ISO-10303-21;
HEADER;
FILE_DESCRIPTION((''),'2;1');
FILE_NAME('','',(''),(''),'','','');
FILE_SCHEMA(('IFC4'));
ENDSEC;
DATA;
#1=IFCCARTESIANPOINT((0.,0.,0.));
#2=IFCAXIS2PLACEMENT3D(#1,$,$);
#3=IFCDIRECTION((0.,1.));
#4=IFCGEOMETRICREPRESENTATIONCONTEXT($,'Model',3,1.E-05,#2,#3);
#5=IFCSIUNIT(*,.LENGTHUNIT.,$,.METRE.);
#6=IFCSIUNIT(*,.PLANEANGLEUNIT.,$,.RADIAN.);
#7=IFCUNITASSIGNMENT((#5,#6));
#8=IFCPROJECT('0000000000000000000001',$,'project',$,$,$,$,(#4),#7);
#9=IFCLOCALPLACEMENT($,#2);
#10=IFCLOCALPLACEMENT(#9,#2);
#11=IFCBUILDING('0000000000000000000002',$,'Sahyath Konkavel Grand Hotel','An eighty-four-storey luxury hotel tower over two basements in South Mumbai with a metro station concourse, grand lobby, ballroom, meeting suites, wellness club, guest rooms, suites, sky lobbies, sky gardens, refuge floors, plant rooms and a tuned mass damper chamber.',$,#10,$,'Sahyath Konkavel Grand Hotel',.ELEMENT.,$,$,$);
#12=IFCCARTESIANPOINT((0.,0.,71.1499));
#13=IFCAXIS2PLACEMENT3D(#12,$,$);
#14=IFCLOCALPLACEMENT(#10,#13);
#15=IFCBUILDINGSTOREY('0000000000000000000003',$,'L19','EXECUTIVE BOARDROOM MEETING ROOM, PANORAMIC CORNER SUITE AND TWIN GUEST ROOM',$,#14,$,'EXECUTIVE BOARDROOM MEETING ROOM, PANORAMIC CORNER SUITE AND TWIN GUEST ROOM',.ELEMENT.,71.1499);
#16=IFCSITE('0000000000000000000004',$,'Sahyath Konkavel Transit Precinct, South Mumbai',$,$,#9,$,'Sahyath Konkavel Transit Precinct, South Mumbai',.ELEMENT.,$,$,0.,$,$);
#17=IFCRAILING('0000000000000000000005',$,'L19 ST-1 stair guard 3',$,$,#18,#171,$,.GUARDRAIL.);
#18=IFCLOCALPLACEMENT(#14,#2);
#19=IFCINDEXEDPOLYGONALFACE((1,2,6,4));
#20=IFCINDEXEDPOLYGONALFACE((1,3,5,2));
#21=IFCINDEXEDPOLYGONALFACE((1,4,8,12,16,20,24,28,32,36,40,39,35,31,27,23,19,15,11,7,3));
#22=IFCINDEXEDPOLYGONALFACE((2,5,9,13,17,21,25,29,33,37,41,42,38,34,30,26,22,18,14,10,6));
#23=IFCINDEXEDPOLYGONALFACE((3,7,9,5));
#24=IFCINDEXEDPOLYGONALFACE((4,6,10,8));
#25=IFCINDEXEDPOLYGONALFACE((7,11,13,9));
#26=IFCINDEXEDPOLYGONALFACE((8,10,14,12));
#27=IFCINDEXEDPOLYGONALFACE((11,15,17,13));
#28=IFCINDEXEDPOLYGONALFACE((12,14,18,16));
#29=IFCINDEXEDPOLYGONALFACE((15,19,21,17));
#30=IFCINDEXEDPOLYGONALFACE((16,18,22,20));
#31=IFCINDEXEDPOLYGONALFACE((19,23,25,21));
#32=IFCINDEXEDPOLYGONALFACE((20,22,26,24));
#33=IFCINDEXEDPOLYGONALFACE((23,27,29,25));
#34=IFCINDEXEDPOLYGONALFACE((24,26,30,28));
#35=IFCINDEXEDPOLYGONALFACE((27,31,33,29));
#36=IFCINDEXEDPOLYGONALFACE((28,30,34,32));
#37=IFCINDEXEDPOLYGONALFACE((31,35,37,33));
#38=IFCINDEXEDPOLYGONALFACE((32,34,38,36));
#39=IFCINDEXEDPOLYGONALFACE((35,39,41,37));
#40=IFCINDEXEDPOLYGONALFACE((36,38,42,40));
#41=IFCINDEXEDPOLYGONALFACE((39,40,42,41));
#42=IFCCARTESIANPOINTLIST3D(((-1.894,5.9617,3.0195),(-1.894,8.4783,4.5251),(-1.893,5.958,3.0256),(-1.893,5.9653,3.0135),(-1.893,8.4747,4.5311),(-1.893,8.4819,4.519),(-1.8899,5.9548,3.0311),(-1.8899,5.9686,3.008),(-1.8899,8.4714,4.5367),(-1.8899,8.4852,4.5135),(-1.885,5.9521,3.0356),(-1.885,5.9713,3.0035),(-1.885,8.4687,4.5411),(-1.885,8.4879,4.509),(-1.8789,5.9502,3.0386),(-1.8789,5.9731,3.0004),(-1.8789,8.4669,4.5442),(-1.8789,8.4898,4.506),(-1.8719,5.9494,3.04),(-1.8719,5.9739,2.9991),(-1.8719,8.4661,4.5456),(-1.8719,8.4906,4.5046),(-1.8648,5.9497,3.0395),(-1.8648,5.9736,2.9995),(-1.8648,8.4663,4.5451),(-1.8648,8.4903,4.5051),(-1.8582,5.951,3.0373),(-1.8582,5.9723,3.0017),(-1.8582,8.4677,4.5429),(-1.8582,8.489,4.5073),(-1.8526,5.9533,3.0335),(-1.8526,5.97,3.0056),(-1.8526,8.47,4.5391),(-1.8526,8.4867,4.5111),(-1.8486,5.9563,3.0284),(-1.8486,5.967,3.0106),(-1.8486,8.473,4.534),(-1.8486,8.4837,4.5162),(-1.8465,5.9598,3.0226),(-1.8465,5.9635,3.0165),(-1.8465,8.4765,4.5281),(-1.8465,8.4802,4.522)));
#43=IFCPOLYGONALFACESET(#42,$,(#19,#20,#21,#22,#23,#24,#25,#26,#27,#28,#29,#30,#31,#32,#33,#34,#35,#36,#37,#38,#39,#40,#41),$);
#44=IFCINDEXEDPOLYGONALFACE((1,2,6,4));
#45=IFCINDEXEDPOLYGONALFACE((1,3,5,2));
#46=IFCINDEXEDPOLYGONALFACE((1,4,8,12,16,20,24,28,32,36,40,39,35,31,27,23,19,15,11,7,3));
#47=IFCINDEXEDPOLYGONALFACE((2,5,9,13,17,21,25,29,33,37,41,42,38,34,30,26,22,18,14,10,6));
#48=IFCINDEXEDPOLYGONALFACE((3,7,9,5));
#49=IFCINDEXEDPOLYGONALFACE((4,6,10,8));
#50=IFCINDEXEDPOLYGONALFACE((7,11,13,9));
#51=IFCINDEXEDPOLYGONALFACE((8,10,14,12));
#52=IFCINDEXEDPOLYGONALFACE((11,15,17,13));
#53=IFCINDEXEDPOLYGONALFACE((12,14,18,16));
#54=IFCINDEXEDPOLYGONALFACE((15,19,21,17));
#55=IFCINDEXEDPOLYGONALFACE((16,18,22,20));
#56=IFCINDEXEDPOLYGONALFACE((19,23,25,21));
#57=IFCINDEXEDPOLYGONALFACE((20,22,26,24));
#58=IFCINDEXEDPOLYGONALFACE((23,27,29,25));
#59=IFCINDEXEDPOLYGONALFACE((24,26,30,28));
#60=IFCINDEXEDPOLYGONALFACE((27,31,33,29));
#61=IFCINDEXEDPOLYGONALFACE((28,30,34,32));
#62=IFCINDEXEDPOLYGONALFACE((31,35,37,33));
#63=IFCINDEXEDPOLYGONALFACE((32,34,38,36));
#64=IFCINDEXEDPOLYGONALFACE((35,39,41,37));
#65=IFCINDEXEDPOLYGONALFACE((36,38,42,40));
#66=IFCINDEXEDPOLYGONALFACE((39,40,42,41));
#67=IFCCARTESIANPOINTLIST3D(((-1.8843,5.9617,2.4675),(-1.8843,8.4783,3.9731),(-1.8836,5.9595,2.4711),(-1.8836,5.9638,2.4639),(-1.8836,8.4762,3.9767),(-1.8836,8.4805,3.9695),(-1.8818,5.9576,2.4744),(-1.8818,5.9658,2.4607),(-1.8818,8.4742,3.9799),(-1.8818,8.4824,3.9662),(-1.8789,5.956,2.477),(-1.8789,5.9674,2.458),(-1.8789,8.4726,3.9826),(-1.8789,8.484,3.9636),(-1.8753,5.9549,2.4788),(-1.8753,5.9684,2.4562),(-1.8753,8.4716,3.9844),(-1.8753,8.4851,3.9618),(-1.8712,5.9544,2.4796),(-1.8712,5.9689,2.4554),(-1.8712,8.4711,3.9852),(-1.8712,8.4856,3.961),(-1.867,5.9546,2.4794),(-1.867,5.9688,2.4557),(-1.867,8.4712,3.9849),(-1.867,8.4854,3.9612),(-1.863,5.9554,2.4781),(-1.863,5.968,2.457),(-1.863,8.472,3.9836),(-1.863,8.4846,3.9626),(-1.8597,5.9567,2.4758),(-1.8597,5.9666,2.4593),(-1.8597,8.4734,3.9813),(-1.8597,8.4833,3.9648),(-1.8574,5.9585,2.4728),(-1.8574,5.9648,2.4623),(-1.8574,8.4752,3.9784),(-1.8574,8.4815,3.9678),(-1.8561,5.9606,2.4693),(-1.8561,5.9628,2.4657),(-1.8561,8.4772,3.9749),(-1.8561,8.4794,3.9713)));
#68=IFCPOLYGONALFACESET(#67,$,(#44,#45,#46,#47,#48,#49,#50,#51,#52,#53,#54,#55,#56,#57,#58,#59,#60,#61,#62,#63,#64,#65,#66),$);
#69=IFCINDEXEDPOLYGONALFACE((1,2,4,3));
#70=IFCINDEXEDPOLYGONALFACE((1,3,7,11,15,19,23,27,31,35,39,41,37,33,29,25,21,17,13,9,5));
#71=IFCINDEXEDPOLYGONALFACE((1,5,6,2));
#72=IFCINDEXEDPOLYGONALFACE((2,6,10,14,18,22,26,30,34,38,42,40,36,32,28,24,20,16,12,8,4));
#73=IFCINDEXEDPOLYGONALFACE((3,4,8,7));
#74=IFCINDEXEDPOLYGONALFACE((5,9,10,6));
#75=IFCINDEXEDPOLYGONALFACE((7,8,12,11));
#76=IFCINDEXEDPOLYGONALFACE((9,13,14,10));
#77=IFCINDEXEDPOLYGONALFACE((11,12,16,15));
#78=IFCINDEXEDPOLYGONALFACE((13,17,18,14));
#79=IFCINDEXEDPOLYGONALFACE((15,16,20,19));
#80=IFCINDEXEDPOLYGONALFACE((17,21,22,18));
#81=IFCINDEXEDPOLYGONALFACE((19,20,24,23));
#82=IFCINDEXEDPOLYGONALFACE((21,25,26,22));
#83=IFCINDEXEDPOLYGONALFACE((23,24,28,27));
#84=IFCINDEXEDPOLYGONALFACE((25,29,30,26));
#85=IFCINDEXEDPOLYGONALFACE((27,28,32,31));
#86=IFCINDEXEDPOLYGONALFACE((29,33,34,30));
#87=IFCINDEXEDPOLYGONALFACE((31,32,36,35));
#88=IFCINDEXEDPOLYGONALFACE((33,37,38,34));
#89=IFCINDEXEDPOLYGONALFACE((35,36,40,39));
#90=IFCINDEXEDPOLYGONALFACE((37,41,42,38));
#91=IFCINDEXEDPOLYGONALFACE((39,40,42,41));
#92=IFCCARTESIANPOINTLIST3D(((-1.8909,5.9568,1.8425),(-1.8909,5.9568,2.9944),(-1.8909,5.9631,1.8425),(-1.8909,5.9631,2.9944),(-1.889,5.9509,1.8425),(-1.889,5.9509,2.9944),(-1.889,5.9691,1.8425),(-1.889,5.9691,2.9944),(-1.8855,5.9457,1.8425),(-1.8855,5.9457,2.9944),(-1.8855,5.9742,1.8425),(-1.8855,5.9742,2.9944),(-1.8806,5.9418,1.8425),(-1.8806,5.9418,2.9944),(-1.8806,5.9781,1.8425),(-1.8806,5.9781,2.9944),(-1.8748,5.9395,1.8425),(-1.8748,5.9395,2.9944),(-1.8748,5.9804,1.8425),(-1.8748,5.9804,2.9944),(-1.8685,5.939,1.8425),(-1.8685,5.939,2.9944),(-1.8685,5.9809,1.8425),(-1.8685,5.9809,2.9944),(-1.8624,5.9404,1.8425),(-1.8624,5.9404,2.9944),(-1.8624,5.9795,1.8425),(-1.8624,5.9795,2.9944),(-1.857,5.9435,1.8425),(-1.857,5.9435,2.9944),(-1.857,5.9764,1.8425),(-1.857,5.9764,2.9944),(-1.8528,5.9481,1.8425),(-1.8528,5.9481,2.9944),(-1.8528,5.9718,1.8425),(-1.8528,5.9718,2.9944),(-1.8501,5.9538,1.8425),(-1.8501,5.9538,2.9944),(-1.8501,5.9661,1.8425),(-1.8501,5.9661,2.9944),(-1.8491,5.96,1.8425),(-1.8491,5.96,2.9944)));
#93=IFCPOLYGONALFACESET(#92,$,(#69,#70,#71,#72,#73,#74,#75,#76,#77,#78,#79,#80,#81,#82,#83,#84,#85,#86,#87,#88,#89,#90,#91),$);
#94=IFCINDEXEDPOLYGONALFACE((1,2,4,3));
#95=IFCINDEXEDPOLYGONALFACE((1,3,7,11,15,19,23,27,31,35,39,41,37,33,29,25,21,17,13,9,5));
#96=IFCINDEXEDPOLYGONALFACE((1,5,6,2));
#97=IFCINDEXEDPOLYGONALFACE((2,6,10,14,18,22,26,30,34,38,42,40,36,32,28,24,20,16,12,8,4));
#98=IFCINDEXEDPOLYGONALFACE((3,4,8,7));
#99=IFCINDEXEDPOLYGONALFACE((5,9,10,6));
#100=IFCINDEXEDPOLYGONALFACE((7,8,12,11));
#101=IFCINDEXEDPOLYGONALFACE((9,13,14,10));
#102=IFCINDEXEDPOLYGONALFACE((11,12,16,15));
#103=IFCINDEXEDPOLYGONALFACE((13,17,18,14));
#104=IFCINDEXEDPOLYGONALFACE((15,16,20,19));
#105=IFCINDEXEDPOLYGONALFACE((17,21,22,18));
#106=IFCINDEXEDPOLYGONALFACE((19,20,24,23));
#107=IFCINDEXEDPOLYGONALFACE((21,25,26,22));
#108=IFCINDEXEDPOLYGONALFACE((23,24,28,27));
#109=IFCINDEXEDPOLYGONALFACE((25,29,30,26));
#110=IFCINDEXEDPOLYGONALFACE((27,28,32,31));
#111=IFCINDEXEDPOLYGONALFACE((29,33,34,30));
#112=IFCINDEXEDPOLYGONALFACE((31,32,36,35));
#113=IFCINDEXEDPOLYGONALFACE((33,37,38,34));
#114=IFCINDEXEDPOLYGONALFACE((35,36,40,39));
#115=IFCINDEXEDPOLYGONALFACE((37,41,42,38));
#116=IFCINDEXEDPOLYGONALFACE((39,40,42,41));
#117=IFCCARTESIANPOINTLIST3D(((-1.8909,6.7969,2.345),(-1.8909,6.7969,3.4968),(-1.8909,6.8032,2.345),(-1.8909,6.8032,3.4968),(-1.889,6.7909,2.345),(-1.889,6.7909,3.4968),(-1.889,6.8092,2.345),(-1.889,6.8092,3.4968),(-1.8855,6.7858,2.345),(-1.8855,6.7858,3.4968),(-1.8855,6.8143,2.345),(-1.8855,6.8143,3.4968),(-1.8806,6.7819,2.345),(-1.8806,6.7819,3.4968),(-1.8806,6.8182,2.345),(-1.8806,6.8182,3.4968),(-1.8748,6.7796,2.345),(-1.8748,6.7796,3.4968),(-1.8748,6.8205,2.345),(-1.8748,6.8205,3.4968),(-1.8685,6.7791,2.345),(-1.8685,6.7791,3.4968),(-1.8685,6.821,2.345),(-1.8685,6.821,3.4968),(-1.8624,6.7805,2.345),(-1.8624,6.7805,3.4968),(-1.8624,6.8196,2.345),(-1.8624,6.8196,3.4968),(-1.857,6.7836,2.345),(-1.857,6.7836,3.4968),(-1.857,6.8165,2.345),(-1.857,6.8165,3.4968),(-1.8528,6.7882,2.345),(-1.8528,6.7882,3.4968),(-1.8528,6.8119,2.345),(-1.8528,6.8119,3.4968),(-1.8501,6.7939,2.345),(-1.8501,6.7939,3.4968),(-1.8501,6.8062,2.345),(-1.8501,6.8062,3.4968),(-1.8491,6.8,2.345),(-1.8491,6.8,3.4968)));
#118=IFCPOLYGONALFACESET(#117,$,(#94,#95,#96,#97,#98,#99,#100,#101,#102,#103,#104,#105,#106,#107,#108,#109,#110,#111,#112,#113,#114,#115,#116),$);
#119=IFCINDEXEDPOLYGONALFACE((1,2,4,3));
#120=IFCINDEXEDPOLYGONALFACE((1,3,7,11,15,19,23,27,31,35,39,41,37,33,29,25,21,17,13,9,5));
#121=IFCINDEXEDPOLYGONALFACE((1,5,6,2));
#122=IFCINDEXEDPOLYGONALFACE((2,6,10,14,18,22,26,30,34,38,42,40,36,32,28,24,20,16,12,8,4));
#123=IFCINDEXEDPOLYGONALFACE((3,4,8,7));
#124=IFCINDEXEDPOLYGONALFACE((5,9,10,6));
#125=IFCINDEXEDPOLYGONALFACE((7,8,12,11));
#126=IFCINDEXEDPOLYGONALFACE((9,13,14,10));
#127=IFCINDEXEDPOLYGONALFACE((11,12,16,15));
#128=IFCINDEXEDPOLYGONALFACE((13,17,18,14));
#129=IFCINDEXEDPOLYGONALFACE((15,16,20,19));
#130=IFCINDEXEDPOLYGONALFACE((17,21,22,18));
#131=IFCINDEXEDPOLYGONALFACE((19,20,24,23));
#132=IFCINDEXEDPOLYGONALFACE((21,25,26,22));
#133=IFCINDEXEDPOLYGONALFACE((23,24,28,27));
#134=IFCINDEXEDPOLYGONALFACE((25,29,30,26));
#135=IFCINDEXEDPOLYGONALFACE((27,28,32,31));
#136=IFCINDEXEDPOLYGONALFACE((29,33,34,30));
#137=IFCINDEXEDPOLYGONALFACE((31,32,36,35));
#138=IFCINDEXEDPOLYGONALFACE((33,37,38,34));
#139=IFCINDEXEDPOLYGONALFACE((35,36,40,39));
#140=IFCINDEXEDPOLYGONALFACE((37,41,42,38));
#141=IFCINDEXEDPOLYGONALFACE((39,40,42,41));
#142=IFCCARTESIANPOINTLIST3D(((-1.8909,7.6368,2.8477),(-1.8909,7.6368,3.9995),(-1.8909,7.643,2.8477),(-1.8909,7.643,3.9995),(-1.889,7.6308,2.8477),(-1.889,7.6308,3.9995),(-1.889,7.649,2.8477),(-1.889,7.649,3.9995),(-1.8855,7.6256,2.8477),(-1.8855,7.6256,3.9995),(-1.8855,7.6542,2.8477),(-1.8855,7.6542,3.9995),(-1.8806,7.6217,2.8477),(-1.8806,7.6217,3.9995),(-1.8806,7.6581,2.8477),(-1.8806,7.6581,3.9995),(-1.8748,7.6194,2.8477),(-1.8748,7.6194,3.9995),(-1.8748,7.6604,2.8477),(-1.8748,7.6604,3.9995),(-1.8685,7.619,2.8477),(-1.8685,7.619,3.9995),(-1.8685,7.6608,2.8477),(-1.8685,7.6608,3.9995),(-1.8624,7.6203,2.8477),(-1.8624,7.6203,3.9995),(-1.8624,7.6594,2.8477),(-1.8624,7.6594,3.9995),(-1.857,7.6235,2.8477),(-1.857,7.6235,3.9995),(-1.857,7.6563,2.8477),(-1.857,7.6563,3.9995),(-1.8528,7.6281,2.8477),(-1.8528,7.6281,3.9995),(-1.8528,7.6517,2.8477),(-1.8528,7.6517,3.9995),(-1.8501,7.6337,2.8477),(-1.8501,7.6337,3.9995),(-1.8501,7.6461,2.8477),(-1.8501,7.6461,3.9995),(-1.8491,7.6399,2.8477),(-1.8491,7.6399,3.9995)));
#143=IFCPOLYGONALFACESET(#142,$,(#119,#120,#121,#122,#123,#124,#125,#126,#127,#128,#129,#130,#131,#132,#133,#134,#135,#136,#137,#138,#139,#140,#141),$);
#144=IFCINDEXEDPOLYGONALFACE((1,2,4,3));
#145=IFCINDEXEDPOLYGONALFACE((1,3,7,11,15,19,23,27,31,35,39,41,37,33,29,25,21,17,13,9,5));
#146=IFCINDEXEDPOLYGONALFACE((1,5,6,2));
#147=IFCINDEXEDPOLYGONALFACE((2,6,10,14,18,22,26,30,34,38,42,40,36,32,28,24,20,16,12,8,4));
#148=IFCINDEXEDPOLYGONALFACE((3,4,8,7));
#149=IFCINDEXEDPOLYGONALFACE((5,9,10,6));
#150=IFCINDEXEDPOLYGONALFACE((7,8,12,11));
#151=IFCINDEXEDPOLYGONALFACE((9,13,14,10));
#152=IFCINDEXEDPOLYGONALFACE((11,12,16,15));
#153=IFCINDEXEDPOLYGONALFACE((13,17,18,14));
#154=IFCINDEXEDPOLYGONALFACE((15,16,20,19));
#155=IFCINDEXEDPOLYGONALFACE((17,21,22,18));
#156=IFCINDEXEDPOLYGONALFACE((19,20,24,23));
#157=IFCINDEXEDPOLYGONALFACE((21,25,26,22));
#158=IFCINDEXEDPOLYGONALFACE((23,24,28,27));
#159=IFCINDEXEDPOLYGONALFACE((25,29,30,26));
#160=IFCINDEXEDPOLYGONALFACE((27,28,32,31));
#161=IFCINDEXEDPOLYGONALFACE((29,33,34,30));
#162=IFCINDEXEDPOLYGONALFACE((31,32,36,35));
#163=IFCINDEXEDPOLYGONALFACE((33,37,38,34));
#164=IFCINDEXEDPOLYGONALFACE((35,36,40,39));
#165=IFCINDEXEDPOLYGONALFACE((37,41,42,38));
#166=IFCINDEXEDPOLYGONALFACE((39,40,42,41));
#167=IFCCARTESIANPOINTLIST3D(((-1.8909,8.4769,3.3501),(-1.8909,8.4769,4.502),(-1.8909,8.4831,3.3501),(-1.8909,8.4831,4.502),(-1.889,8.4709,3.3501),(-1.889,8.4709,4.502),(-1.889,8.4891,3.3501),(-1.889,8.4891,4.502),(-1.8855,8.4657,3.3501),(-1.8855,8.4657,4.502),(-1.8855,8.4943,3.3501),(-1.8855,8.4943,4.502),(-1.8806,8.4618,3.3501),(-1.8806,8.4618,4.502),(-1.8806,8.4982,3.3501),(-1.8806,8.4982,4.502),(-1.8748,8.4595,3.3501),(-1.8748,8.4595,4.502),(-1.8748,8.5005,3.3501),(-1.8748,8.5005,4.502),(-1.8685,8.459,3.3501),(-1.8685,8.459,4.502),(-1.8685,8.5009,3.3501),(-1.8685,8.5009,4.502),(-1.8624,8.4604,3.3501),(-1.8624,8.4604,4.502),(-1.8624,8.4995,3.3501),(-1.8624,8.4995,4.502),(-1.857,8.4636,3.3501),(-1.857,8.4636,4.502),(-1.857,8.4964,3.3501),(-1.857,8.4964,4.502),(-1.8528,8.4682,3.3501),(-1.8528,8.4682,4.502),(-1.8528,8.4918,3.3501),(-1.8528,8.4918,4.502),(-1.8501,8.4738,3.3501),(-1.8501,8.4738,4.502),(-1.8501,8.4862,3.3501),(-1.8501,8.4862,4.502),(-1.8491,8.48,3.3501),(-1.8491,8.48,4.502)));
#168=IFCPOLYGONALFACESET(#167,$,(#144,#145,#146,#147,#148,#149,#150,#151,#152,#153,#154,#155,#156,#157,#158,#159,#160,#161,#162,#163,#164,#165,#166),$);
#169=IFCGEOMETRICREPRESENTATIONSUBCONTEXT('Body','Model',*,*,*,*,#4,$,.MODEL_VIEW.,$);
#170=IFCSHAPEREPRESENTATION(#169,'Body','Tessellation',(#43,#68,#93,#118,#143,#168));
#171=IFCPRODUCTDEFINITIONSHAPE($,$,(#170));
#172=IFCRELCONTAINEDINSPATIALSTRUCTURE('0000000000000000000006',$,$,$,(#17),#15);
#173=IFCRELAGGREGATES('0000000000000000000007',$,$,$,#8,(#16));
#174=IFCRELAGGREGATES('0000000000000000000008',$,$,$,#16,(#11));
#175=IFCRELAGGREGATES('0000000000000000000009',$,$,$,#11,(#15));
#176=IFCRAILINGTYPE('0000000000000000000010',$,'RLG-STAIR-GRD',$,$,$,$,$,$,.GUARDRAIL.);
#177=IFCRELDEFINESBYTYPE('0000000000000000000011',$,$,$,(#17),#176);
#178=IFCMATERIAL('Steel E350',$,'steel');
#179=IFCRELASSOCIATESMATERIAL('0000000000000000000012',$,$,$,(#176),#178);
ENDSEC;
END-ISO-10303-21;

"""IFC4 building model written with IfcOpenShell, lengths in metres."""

from ifc_helpers import new_model, si_unit, direction, frame, origin, origin_2d, place, context, subcontext, project, spatial, circle, extrude, material, type_object, element, save


model = new_model("IFC4")

# Units and contexts
model_context = context("Model", 3, precision=1e-05, world=origin(), true_north=direction((0.0, 1.0)))
body_context = subcontext(model_context, "Body", "Model", "MODEL_VIEW")
ifc_project = project(units=[si_unit("LENGTHUNIT", "METRE"), si_unit("PLANEANGLEUNIT", "RADIAN")], contexts=[model_context])

# Site, building, storey
site_placement = place(None, origin())
site = spatial("IfcSite", under=ifc_project, at=site_placement, Name="Sahyath Konkavel Transit Precinct, South Mumbai", LongName="Sahyath Konkavel Transit Precinct, South Mumbai", CompositionType="ELEMENT", RefElevation=0.0)
building_placement = place(site_placement, origin())
building = spatial("IfcBuilding", under=site, at=building_placement, Name="Sahyath Konkavel Grand Hotel", Description="An eighty-four-storey luxury hotel tower over two basements in South Mumbai with a metro station concourse, grand lobby, ballroom, meeting suites, wellness club, guest rooms, suites, sky lobbies, sky gardens, refuge floors, plant rooms and a tuned mass damper chamber.", LongName="Sahyath Konkavel Grand Hotel", CompositionType="ELEMENT")
storey_placement = place(building_placement, frame((0.0, 0.0, 71.1499)))
storey = spatial("IfcBuildingStorey", under=building, at=storey_placement, Name="L19", Description="EXECUTIVE BOARDROOM MEETING ROOM, PANORAMIC CORNER SUITE AND TWIN GUEST ROOM", LongName="EXECUTIVE BOARDROOM MEETING ROOM, PANORAMIC CORNER SUITE AND TWIN GUEST ROOM", CompositionType="ELEMENT", Elevation=71.1499)

# Shared definitions
ifc_material_1 = material(Name="Steel E350", Category="steel")

# Railing
railing_type_1 = type_object("IfcRailingType", Name="RLG-STAIR-GRD", PredefinedType="GUARDRAIL", material=ifc_material_1)
railing_1_placement = place(storey_placement, frame((-1.8701, 5.96, 1.8425)))
element("IfcRailing", 1, at=railing_1_placement, inside=storey, type_object=railing_type_1, Name="L19 ST-1 stair guard 3", PredefinedType="GUARDRAIL", context=body_context, shape_type="SweptSolid", body=[
    extrude(circle(Radius=0.0239, at=origin_2d()), frame((0.0, 0.0017, 1.177), z_axis=(0.0, 0.85816, 0.513383), x_axis=(-1.0, 0.0, 0.0)), (0.0, 0.0, 1.0), 2.9326),
    extrude(circle(Radius=0.0142, at=origin_2d()), frame((0.0, 0.0017, 0.625), z_axis=(0.0, 0.85816, 0.513383), x_axis=(-1.0, 0.0, 0.0)), (0.0, 0.0, 1.0), 2.9326),
    extrude(circle(Radius=0.021, at=origin_2d()), origin(), (0.0, 0.0, 1.0), 1.1519),
    extrude(circle(Radius=0.021, at=origin_2d()), frame((0.0, 0.8401, 0.5024)), (0.0, 0.0, 1.0), 1.1519),
    extrude(circle(Radius=0.021, at=origin_2d()), frame((0.0, 1.6799, 1.0051)), (0.0, 0.0, 1.0), 1.1519),
    extrude(circle(Radius=0.021, at=origin_2d()), frame((0.0, 2.52, 1.5076)), (0.0, 0.0, 1.0), 1.1519),
])

save(model, "model.ifc")
